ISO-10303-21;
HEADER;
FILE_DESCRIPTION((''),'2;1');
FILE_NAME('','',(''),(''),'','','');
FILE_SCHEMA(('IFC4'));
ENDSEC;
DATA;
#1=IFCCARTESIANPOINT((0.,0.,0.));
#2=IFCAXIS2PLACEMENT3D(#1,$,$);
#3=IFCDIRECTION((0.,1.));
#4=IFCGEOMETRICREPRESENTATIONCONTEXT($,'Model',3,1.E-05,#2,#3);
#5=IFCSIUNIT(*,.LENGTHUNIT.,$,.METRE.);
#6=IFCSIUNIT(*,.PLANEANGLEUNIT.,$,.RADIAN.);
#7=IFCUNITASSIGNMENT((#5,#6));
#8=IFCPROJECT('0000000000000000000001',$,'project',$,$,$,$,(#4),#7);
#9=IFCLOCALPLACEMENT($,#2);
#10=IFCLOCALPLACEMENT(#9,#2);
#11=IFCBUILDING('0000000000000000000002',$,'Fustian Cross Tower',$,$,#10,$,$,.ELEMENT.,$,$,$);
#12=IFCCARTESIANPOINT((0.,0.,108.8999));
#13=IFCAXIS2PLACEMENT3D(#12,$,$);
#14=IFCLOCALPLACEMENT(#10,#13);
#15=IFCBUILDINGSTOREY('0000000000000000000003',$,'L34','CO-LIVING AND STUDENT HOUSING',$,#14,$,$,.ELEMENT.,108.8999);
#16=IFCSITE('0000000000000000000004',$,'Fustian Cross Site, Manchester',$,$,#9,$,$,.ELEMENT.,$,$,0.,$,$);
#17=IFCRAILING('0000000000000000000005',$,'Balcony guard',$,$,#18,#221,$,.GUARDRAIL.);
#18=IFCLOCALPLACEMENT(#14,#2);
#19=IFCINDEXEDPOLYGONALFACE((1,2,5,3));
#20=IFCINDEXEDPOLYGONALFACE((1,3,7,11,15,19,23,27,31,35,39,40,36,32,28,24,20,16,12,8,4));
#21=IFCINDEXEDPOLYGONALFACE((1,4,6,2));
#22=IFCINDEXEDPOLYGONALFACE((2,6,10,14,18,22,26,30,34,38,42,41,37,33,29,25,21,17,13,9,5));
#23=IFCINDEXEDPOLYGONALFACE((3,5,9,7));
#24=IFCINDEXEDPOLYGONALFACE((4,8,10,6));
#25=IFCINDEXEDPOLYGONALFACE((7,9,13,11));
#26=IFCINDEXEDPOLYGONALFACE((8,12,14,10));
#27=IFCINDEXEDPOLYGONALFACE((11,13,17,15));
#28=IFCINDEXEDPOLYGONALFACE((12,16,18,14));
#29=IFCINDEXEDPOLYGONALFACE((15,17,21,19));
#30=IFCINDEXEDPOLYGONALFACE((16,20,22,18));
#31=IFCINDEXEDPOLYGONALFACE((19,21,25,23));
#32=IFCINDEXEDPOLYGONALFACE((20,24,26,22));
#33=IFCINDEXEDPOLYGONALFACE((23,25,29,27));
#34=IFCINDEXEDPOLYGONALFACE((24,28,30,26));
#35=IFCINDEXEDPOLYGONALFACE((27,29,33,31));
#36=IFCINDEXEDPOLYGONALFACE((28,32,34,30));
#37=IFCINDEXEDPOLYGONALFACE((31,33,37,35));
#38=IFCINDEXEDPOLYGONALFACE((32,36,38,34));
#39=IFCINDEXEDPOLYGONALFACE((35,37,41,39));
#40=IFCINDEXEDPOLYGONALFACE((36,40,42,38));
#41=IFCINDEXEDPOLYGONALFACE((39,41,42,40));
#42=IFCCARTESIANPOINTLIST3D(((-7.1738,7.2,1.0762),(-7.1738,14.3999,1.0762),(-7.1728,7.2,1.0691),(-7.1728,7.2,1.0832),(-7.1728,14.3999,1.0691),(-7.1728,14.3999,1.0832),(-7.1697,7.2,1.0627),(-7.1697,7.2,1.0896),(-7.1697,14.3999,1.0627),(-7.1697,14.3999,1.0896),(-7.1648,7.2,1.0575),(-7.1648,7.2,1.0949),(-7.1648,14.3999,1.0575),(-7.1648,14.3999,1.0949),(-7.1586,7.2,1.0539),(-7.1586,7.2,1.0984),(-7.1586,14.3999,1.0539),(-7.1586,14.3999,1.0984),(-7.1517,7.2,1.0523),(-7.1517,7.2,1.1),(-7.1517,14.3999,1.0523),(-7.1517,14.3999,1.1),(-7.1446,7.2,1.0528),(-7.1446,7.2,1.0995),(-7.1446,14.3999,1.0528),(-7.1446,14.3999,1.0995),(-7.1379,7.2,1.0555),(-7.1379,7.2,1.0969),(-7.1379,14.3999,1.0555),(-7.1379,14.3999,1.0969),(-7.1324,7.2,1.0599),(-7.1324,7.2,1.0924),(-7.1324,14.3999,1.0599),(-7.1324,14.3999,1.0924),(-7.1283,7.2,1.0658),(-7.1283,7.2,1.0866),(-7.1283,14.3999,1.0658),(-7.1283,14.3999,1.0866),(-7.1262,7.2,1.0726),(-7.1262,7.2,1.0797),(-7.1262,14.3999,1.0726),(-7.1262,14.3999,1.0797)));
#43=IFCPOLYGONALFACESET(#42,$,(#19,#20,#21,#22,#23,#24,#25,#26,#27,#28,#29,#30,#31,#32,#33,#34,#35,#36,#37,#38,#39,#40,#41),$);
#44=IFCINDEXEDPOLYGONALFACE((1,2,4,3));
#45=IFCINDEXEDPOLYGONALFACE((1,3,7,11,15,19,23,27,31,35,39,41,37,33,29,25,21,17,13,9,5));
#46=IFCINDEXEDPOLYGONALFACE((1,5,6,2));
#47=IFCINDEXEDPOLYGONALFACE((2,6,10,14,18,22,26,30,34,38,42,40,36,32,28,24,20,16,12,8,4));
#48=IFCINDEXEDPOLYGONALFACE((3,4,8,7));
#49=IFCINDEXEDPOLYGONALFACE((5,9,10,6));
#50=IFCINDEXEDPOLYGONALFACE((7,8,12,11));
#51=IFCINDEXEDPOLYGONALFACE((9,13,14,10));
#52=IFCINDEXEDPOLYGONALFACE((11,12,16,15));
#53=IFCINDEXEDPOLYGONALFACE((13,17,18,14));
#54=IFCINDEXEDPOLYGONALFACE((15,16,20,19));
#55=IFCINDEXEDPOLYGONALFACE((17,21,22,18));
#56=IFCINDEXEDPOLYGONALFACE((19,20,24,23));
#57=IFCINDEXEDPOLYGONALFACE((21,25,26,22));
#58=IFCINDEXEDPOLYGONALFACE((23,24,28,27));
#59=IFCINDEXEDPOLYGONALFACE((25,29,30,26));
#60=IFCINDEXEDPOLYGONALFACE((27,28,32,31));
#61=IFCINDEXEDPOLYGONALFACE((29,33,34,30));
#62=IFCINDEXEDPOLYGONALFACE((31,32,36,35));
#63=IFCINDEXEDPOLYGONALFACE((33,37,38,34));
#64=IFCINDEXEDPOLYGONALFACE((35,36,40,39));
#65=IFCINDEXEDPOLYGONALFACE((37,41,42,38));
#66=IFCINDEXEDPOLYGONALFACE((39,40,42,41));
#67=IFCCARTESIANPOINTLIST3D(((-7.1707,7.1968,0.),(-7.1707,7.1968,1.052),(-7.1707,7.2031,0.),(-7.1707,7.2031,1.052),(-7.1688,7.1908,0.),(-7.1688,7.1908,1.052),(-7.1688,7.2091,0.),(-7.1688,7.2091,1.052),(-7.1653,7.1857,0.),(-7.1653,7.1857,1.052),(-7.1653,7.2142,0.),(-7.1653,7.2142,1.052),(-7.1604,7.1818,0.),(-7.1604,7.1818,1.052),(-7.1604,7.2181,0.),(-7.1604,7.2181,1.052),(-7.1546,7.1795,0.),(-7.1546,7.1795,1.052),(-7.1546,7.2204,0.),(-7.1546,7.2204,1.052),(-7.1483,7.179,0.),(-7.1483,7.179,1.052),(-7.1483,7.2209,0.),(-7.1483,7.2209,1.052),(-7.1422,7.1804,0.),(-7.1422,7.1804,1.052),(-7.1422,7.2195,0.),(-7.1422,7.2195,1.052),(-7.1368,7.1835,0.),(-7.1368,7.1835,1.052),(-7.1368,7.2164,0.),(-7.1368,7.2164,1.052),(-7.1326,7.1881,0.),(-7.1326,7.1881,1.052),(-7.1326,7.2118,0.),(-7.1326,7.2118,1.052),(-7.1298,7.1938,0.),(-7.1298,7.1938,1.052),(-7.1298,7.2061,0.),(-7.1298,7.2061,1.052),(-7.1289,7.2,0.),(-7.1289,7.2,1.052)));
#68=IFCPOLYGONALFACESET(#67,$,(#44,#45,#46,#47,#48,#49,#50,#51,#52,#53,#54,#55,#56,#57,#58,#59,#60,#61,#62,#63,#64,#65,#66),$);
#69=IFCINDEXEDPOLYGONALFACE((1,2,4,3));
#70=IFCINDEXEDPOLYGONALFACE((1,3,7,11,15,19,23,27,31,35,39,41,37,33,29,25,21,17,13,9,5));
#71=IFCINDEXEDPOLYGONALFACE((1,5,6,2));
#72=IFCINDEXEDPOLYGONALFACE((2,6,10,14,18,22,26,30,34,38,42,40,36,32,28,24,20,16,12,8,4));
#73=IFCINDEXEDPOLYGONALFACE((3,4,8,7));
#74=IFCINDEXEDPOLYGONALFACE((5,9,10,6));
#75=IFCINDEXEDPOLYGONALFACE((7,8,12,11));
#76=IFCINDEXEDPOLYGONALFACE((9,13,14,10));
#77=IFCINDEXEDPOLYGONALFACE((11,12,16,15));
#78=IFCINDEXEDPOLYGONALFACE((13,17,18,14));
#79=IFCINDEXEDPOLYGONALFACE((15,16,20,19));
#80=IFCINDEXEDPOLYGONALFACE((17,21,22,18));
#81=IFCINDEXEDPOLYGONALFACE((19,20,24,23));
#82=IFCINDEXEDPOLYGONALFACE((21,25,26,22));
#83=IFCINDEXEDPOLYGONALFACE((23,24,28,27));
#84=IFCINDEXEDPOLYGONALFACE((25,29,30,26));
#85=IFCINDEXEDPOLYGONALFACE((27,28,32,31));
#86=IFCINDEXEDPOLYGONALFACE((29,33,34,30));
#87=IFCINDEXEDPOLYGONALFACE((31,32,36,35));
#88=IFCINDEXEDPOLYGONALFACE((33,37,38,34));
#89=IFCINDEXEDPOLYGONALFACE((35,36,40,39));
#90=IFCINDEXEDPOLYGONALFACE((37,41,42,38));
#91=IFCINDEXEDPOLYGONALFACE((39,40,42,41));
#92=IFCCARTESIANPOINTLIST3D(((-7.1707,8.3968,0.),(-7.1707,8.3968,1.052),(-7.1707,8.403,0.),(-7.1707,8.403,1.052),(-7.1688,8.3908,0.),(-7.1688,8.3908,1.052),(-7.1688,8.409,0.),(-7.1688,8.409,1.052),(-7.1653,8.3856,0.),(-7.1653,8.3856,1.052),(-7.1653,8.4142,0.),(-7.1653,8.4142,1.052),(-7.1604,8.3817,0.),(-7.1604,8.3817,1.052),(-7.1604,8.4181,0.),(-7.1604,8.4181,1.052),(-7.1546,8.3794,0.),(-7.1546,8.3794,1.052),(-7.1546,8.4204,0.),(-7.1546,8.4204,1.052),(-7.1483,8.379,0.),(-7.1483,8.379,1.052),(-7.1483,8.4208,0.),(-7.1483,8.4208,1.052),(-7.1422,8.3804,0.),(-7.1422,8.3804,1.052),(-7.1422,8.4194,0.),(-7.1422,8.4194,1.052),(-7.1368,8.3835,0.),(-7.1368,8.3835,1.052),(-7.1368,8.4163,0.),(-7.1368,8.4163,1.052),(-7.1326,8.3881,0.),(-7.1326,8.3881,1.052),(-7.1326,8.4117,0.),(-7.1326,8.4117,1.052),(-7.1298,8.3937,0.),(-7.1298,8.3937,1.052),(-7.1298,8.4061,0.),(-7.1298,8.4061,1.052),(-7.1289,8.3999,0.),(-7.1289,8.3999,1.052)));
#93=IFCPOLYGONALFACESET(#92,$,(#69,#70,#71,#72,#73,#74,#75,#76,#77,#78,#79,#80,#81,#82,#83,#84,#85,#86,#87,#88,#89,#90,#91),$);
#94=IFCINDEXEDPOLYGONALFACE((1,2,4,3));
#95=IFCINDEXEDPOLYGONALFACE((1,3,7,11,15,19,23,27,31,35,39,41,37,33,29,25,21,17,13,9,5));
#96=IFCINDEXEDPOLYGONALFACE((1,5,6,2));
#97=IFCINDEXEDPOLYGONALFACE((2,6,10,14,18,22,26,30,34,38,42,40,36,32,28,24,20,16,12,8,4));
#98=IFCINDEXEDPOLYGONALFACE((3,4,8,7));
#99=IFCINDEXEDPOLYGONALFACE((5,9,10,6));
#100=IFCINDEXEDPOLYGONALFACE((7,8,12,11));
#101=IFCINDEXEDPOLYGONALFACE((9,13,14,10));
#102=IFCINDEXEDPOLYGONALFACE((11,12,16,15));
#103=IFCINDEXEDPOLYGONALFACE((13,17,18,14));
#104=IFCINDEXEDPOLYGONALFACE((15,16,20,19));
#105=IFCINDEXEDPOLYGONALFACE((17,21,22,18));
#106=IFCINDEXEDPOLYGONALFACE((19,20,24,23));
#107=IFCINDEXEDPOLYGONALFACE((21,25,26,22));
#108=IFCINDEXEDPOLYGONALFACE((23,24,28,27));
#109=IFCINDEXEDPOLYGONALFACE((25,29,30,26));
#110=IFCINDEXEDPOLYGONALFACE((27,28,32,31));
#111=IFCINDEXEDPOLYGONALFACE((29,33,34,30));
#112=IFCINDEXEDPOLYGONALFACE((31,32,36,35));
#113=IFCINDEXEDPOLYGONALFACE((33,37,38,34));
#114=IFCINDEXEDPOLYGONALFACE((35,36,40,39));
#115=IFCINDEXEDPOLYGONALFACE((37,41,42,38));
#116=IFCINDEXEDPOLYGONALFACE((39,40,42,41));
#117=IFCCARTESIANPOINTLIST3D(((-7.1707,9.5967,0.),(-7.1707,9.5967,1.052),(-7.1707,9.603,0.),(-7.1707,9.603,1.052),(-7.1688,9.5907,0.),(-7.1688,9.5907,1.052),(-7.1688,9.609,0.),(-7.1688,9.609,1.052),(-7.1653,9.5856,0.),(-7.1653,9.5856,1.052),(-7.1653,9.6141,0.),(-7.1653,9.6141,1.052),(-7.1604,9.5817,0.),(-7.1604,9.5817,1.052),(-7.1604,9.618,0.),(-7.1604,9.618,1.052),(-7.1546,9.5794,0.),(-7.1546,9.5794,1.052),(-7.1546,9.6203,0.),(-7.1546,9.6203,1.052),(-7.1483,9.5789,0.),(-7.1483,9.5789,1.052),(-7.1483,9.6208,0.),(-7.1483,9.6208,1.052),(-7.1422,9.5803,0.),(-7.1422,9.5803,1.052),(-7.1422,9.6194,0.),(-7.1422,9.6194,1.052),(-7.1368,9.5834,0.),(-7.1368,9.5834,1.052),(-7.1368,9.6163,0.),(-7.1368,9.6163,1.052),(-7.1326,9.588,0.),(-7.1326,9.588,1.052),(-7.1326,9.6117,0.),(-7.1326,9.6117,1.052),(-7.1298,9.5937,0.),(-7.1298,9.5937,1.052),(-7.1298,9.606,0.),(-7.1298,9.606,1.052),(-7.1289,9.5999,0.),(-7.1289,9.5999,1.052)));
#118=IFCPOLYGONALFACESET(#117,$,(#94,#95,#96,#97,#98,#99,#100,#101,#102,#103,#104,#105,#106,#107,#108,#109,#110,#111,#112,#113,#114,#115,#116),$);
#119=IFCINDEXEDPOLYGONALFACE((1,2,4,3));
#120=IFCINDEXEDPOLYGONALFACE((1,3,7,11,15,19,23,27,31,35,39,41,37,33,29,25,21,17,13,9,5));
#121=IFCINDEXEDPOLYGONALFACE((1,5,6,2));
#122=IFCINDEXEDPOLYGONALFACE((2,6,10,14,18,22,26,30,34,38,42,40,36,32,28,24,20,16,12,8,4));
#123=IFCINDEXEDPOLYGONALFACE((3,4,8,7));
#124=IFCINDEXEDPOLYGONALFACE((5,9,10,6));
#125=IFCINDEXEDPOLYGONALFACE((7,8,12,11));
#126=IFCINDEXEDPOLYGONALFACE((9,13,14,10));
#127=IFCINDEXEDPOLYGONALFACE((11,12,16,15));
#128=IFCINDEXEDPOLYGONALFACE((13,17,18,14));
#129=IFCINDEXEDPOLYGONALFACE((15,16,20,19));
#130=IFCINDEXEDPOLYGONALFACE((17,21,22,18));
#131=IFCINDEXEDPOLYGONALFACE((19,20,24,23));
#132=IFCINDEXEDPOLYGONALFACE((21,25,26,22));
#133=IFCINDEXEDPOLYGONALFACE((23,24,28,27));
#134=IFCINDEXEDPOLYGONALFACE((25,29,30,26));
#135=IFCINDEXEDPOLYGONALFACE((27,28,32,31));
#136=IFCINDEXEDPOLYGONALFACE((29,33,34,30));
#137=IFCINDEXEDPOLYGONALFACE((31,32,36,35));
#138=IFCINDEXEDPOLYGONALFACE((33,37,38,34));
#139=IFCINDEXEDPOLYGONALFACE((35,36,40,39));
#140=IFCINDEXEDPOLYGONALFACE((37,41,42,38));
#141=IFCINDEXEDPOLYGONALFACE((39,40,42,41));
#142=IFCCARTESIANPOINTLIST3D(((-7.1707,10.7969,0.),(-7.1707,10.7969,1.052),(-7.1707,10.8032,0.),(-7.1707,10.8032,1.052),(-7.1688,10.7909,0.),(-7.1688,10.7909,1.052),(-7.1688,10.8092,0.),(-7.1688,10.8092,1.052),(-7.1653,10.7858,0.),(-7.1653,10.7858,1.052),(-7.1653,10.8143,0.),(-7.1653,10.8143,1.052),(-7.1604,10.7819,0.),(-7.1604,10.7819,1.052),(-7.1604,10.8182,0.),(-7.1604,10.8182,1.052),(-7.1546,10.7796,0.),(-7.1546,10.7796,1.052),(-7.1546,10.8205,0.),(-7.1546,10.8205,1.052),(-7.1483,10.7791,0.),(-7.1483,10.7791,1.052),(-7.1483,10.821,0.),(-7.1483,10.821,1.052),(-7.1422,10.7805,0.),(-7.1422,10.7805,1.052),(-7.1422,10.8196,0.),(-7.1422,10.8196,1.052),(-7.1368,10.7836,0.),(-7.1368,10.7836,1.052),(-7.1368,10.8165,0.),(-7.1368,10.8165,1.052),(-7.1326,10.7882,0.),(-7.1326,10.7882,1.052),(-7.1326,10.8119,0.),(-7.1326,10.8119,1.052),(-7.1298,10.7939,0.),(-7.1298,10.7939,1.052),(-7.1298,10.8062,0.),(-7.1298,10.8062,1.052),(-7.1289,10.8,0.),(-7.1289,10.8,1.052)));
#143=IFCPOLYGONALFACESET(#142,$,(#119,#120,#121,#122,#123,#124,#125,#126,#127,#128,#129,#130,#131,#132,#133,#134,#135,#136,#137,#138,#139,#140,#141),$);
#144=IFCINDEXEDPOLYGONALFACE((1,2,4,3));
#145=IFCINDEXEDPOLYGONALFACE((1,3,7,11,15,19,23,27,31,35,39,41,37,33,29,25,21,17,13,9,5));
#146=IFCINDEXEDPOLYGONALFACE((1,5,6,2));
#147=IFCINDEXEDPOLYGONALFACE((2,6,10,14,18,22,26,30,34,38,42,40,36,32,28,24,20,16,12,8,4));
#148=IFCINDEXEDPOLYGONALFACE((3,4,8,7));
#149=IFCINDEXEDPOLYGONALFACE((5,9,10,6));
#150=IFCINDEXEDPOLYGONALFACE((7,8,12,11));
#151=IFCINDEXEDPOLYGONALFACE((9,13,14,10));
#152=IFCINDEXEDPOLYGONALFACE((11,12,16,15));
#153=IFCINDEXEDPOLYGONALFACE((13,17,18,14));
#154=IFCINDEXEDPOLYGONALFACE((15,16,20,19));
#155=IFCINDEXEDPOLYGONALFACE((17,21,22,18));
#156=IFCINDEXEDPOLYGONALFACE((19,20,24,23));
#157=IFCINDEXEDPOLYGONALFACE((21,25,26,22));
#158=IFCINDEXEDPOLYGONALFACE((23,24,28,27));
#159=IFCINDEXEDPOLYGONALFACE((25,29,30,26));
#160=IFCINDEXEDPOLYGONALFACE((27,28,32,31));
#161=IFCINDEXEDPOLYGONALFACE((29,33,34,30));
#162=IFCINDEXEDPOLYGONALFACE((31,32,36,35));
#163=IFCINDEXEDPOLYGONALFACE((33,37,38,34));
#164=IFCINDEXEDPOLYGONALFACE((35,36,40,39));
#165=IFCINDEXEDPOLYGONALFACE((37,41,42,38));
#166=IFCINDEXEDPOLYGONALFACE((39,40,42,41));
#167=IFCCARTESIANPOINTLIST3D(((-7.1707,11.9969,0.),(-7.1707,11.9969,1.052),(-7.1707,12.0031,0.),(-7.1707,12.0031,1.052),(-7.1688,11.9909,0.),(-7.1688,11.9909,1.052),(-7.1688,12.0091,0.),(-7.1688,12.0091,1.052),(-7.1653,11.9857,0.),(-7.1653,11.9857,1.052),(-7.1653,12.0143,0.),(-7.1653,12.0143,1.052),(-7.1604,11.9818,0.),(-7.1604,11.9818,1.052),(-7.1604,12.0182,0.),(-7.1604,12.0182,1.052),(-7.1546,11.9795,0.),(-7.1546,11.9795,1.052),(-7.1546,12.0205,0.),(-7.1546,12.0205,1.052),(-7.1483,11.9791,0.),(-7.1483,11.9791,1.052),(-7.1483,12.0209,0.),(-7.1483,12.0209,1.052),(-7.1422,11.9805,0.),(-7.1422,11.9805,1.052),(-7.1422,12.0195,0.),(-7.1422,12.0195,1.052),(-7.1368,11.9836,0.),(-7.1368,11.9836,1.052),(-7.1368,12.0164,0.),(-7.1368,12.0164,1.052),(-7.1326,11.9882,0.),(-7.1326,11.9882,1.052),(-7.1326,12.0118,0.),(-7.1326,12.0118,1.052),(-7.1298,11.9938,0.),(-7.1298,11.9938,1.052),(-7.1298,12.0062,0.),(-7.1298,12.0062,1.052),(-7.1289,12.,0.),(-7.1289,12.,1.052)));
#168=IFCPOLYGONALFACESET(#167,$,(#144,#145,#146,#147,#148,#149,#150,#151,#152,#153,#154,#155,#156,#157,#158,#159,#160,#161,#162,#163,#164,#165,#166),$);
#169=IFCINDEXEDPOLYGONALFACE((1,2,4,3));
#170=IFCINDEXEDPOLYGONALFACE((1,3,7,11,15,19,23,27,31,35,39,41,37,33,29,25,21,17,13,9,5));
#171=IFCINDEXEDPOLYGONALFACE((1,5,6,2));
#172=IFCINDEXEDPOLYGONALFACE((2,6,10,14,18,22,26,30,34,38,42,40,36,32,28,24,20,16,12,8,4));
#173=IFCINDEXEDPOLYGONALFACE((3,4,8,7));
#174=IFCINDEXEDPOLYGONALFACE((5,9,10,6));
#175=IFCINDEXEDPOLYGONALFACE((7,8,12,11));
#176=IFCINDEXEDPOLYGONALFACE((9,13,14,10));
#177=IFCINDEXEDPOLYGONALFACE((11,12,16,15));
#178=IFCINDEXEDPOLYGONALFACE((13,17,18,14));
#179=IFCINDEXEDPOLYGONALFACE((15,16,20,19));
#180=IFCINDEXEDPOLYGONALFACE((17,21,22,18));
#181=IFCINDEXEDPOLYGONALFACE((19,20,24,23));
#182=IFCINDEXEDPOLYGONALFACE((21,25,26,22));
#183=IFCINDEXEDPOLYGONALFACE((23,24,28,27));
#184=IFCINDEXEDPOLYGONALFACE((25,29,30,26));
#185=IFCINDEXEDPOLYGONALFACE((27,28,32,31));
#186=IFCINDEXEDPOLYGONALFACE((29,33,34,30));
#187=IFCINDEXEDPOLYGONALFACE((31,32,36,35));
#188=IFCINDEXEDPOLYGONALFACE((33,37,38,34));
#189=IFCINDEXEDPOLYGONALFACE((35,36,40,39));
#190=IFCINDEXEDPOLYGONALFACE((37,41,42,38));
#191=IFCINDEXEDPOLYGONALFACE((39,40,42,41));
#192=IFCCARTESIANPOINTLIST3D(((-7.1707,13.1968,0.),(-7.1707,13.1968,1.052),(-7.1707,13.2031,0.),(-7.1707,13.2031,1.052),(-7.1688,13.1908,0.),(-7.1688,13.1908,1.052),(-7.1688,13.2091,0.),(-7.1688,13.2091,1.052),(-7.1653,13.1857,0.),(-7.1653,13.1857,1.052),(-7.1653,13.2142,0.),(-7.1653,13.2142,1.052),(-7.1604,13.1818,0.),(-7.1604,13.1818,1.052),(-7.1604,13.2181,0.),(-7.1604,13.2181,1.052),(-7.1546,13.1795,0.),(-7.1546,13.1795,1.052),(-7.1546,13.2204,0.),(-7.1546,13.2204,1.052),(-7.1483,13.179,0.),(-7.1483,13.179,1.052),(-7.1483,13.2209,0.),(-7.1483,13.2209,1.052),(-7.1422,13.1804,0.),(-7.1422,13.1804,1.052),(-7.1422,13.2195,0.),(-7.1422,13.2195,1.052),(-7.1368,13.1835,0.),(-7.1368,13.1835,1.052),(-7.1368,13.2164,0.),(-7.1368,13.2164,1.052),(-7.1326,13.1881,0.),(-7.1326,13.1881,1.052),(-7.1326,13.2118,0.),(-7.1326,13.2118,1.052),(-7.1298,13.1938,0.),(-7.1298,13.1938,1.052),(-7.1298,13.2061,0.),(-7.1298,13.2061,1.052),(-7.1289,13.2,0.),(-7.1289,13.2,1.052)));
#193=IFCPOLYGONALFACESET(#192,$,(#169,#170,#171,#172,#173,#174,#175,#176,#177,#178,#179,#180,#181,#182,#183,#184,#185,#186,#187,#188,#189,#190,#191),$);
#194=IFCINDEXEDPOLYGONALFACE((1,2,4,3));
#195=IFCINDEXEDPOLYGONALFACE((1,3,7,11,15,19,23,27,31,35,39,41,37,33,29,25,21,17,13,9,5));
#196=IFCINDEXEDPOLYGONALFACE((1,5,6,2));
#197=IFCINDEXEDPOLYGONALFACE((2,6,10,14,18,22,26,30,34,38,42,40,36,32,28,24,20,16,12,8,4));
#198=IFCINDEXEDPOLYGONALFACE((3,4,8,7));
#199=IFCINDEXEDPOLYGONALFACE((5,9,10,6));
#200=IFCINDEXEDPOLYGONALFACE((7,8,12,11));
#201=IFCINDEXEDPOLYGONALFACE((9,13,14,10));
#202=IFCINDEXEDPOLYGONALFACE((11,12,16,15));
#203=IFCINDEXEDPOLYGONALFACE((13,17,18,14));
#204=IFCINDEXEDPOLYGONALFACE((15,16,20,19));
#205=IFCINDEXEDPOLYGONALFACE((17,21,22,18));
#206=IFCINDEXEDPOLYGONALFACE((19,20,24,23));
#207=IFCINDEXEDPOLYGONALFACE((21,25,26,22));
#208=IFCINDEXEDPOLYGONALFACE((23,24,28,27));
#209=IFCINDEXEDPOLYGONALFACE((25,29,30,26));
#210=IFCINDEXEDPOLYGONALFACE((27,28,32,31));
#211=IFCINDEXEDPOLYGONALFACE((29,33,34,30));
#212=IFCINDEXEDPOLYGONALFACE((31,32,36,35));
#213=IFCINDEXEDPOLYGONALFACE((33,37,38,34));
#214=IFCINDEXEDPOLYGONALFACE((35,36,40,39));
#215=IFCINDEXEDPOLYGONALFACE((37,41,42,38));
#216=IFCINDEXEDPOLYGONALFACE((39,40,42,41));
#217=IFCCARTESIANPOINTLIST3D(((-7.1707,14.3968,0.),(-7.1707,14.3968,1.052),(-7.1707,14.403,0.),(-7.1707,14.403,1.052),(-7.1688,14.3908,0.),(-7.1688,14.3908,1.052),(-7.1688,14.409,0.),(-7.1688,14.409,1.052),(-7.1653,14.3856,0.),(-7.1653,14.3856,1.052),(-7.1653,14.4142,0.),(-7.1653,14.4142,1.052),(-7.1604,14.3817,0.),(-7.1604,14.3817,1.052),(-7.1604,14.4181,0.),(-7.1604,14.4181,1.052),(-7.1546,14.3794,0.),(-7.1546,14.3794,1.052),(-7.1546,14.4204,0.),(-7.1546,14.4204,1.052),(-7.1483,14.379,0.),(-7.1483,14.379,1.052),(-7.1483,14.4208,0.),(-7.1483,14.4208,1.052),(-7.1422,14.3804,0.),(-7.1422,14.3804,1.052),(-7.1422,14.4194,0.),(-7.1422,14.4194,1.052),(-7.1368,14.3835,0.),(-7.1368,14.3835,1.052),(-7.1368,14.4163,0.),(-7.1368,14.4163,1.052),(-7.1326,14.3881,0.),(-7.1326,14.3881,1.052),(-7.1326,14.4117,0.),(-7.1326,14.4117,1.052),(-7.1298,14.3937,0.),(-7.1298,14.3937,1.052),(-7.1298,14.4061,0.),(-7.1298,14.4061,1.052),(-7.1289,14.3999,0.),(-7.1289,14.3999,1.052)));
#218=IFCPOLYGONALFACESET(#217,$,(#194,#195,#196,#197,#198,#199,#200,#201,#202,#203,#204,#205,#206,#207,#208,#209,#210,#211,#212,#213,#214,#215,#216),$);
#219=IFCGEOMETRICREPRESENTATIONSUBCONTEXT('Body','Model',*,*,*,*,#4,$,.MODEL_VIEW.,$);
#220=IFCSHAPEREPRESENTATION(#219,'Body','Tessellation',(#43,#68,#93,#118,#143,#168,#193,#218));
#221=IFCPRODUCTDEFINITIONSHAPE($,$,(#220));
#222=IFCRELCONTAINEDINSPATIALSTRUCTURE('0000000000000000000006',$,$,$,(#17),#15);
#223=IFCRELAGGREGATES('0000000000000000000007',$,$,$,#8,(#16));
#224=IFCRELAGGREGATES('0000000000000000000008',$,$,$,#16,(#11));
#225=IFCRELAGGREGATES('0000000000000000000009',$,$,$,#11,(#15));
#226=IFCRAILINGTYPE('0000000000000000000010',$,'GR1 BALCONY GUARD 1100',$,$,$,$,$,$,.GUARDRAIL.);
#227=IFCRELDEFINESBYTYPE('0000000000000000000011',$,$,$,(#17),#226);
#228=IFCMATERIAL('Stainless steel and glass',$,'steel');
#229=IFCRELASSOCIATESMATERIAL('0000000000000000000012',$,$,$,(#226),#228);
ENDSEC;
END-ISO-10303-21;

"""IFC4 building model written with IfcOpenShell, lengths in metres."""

from ifc_helpers import new_model, si_unit, direction, frame, origin, origin_2d, place, context, subcontext, project, spatial, circle, extrude, material, type_object, element, save


model = new_model("IFC4")

# Units and contexts
model_context = context("Model", 3, precision=1e-05, world=origin(), true_north=direction((0.0, 1.0)))
body_context = subcontext(model_context, "Body", "Model", "MODEL_VIEW")
ifc_project = project(units=[si_unit("LENGTHUNIT", "METRE"), si_unit("PLANEANGLEUNIT", "RADIAN")], contexts=[model_context])

# Site, building, storey
site_placement = place(None, origin())
site = spatial("IfcSite", under=ifc_project, at=site_placement, Name="Fustian Cross Site, Manchester", CompositionType="ELEMENT", RefElevation=0.0)
building_placement = place(site_placement, origin())
building = spatial("IfcBuilding", under=site, at=building_placement, Name="Fustian Cross Tower", CompositionType="ELEMENT")
storey_placement = place(building_placement, frame((0.0, 0.0, 108.8999)))
storey = spatial("IfcBuildingStorey", under=building, at=storey_placement, Name="L34", Description="CO-LIVING AND STUDENT HOUSING", CompositionType="ELEMENT", Elevation=108.8999)

# Railing
ifc_material_1 = material(Name="Stainless steel and glass", Category="steel")
railing_type = type_object("IfcRailingType", Name="GR1 BALCONY GUARD 1100", PredefinedType="GUARDRAIL", material=ifc_material_1)
railing_placement = place(storey_placement, frame((-7.1499, 7.2, 0.0)))
element("IfcRailing", 1, at=railing_placement, inside=storey, type_object=railing_type, Name="Balcony guard", PredefinedType="GUARDRAIL", context=body_context, shape_type="SweptSolid", body=[
    extrude(circle(Radius=0.0239, at=origin_2d()), frame((0.0, 0.0, 1.0762), z_axis=(0.0, 1.0, 0.0), x_axis=(-1.0, 0.0, 0.0)), (0.0, 0.0, 1.0), 7.2),
    extrude(circle(Radius=0.021, at=origin_2d()), origin(), (0.0, 0.0, 1.0), 1.052),
    extrude(circle(Radius=0.021, at=origin_2d()), frame((0.0, 1.2, 0.0)), (0.0, 0.0, 1.0), 1.052),
    extrude(circle(Radius=0.021, at=origin_2d()), frame((0.0, 2.3999, 0.0)), (0.0, 0.0, 1.0), 1.052),
    extrude(circle(Radius=0.021, at=origin_2d()), frame((0.0, 3.6001, 0.0)), (0.0, 0.0, 1.0), 1.052),
    extrude(circle(Radius=0.021, at=origin_2d()), frame((0.0, 4.8, 0.0)), (0.0, 0.0, 1.0), 1.052),
    extrude(circle(Radius=0.021, at=origin_2d()), frame((0.0, 6.0, 0.0)), (0.0, 0.0, 1.0), 1.052),
    extrude(circle(Radius=0.021, at=origin_2d()), frame((0.0, 7.2, 0.0)), (0.0, 0.0, 1.0), 1.052),
])

save(model, "model.ifc")
